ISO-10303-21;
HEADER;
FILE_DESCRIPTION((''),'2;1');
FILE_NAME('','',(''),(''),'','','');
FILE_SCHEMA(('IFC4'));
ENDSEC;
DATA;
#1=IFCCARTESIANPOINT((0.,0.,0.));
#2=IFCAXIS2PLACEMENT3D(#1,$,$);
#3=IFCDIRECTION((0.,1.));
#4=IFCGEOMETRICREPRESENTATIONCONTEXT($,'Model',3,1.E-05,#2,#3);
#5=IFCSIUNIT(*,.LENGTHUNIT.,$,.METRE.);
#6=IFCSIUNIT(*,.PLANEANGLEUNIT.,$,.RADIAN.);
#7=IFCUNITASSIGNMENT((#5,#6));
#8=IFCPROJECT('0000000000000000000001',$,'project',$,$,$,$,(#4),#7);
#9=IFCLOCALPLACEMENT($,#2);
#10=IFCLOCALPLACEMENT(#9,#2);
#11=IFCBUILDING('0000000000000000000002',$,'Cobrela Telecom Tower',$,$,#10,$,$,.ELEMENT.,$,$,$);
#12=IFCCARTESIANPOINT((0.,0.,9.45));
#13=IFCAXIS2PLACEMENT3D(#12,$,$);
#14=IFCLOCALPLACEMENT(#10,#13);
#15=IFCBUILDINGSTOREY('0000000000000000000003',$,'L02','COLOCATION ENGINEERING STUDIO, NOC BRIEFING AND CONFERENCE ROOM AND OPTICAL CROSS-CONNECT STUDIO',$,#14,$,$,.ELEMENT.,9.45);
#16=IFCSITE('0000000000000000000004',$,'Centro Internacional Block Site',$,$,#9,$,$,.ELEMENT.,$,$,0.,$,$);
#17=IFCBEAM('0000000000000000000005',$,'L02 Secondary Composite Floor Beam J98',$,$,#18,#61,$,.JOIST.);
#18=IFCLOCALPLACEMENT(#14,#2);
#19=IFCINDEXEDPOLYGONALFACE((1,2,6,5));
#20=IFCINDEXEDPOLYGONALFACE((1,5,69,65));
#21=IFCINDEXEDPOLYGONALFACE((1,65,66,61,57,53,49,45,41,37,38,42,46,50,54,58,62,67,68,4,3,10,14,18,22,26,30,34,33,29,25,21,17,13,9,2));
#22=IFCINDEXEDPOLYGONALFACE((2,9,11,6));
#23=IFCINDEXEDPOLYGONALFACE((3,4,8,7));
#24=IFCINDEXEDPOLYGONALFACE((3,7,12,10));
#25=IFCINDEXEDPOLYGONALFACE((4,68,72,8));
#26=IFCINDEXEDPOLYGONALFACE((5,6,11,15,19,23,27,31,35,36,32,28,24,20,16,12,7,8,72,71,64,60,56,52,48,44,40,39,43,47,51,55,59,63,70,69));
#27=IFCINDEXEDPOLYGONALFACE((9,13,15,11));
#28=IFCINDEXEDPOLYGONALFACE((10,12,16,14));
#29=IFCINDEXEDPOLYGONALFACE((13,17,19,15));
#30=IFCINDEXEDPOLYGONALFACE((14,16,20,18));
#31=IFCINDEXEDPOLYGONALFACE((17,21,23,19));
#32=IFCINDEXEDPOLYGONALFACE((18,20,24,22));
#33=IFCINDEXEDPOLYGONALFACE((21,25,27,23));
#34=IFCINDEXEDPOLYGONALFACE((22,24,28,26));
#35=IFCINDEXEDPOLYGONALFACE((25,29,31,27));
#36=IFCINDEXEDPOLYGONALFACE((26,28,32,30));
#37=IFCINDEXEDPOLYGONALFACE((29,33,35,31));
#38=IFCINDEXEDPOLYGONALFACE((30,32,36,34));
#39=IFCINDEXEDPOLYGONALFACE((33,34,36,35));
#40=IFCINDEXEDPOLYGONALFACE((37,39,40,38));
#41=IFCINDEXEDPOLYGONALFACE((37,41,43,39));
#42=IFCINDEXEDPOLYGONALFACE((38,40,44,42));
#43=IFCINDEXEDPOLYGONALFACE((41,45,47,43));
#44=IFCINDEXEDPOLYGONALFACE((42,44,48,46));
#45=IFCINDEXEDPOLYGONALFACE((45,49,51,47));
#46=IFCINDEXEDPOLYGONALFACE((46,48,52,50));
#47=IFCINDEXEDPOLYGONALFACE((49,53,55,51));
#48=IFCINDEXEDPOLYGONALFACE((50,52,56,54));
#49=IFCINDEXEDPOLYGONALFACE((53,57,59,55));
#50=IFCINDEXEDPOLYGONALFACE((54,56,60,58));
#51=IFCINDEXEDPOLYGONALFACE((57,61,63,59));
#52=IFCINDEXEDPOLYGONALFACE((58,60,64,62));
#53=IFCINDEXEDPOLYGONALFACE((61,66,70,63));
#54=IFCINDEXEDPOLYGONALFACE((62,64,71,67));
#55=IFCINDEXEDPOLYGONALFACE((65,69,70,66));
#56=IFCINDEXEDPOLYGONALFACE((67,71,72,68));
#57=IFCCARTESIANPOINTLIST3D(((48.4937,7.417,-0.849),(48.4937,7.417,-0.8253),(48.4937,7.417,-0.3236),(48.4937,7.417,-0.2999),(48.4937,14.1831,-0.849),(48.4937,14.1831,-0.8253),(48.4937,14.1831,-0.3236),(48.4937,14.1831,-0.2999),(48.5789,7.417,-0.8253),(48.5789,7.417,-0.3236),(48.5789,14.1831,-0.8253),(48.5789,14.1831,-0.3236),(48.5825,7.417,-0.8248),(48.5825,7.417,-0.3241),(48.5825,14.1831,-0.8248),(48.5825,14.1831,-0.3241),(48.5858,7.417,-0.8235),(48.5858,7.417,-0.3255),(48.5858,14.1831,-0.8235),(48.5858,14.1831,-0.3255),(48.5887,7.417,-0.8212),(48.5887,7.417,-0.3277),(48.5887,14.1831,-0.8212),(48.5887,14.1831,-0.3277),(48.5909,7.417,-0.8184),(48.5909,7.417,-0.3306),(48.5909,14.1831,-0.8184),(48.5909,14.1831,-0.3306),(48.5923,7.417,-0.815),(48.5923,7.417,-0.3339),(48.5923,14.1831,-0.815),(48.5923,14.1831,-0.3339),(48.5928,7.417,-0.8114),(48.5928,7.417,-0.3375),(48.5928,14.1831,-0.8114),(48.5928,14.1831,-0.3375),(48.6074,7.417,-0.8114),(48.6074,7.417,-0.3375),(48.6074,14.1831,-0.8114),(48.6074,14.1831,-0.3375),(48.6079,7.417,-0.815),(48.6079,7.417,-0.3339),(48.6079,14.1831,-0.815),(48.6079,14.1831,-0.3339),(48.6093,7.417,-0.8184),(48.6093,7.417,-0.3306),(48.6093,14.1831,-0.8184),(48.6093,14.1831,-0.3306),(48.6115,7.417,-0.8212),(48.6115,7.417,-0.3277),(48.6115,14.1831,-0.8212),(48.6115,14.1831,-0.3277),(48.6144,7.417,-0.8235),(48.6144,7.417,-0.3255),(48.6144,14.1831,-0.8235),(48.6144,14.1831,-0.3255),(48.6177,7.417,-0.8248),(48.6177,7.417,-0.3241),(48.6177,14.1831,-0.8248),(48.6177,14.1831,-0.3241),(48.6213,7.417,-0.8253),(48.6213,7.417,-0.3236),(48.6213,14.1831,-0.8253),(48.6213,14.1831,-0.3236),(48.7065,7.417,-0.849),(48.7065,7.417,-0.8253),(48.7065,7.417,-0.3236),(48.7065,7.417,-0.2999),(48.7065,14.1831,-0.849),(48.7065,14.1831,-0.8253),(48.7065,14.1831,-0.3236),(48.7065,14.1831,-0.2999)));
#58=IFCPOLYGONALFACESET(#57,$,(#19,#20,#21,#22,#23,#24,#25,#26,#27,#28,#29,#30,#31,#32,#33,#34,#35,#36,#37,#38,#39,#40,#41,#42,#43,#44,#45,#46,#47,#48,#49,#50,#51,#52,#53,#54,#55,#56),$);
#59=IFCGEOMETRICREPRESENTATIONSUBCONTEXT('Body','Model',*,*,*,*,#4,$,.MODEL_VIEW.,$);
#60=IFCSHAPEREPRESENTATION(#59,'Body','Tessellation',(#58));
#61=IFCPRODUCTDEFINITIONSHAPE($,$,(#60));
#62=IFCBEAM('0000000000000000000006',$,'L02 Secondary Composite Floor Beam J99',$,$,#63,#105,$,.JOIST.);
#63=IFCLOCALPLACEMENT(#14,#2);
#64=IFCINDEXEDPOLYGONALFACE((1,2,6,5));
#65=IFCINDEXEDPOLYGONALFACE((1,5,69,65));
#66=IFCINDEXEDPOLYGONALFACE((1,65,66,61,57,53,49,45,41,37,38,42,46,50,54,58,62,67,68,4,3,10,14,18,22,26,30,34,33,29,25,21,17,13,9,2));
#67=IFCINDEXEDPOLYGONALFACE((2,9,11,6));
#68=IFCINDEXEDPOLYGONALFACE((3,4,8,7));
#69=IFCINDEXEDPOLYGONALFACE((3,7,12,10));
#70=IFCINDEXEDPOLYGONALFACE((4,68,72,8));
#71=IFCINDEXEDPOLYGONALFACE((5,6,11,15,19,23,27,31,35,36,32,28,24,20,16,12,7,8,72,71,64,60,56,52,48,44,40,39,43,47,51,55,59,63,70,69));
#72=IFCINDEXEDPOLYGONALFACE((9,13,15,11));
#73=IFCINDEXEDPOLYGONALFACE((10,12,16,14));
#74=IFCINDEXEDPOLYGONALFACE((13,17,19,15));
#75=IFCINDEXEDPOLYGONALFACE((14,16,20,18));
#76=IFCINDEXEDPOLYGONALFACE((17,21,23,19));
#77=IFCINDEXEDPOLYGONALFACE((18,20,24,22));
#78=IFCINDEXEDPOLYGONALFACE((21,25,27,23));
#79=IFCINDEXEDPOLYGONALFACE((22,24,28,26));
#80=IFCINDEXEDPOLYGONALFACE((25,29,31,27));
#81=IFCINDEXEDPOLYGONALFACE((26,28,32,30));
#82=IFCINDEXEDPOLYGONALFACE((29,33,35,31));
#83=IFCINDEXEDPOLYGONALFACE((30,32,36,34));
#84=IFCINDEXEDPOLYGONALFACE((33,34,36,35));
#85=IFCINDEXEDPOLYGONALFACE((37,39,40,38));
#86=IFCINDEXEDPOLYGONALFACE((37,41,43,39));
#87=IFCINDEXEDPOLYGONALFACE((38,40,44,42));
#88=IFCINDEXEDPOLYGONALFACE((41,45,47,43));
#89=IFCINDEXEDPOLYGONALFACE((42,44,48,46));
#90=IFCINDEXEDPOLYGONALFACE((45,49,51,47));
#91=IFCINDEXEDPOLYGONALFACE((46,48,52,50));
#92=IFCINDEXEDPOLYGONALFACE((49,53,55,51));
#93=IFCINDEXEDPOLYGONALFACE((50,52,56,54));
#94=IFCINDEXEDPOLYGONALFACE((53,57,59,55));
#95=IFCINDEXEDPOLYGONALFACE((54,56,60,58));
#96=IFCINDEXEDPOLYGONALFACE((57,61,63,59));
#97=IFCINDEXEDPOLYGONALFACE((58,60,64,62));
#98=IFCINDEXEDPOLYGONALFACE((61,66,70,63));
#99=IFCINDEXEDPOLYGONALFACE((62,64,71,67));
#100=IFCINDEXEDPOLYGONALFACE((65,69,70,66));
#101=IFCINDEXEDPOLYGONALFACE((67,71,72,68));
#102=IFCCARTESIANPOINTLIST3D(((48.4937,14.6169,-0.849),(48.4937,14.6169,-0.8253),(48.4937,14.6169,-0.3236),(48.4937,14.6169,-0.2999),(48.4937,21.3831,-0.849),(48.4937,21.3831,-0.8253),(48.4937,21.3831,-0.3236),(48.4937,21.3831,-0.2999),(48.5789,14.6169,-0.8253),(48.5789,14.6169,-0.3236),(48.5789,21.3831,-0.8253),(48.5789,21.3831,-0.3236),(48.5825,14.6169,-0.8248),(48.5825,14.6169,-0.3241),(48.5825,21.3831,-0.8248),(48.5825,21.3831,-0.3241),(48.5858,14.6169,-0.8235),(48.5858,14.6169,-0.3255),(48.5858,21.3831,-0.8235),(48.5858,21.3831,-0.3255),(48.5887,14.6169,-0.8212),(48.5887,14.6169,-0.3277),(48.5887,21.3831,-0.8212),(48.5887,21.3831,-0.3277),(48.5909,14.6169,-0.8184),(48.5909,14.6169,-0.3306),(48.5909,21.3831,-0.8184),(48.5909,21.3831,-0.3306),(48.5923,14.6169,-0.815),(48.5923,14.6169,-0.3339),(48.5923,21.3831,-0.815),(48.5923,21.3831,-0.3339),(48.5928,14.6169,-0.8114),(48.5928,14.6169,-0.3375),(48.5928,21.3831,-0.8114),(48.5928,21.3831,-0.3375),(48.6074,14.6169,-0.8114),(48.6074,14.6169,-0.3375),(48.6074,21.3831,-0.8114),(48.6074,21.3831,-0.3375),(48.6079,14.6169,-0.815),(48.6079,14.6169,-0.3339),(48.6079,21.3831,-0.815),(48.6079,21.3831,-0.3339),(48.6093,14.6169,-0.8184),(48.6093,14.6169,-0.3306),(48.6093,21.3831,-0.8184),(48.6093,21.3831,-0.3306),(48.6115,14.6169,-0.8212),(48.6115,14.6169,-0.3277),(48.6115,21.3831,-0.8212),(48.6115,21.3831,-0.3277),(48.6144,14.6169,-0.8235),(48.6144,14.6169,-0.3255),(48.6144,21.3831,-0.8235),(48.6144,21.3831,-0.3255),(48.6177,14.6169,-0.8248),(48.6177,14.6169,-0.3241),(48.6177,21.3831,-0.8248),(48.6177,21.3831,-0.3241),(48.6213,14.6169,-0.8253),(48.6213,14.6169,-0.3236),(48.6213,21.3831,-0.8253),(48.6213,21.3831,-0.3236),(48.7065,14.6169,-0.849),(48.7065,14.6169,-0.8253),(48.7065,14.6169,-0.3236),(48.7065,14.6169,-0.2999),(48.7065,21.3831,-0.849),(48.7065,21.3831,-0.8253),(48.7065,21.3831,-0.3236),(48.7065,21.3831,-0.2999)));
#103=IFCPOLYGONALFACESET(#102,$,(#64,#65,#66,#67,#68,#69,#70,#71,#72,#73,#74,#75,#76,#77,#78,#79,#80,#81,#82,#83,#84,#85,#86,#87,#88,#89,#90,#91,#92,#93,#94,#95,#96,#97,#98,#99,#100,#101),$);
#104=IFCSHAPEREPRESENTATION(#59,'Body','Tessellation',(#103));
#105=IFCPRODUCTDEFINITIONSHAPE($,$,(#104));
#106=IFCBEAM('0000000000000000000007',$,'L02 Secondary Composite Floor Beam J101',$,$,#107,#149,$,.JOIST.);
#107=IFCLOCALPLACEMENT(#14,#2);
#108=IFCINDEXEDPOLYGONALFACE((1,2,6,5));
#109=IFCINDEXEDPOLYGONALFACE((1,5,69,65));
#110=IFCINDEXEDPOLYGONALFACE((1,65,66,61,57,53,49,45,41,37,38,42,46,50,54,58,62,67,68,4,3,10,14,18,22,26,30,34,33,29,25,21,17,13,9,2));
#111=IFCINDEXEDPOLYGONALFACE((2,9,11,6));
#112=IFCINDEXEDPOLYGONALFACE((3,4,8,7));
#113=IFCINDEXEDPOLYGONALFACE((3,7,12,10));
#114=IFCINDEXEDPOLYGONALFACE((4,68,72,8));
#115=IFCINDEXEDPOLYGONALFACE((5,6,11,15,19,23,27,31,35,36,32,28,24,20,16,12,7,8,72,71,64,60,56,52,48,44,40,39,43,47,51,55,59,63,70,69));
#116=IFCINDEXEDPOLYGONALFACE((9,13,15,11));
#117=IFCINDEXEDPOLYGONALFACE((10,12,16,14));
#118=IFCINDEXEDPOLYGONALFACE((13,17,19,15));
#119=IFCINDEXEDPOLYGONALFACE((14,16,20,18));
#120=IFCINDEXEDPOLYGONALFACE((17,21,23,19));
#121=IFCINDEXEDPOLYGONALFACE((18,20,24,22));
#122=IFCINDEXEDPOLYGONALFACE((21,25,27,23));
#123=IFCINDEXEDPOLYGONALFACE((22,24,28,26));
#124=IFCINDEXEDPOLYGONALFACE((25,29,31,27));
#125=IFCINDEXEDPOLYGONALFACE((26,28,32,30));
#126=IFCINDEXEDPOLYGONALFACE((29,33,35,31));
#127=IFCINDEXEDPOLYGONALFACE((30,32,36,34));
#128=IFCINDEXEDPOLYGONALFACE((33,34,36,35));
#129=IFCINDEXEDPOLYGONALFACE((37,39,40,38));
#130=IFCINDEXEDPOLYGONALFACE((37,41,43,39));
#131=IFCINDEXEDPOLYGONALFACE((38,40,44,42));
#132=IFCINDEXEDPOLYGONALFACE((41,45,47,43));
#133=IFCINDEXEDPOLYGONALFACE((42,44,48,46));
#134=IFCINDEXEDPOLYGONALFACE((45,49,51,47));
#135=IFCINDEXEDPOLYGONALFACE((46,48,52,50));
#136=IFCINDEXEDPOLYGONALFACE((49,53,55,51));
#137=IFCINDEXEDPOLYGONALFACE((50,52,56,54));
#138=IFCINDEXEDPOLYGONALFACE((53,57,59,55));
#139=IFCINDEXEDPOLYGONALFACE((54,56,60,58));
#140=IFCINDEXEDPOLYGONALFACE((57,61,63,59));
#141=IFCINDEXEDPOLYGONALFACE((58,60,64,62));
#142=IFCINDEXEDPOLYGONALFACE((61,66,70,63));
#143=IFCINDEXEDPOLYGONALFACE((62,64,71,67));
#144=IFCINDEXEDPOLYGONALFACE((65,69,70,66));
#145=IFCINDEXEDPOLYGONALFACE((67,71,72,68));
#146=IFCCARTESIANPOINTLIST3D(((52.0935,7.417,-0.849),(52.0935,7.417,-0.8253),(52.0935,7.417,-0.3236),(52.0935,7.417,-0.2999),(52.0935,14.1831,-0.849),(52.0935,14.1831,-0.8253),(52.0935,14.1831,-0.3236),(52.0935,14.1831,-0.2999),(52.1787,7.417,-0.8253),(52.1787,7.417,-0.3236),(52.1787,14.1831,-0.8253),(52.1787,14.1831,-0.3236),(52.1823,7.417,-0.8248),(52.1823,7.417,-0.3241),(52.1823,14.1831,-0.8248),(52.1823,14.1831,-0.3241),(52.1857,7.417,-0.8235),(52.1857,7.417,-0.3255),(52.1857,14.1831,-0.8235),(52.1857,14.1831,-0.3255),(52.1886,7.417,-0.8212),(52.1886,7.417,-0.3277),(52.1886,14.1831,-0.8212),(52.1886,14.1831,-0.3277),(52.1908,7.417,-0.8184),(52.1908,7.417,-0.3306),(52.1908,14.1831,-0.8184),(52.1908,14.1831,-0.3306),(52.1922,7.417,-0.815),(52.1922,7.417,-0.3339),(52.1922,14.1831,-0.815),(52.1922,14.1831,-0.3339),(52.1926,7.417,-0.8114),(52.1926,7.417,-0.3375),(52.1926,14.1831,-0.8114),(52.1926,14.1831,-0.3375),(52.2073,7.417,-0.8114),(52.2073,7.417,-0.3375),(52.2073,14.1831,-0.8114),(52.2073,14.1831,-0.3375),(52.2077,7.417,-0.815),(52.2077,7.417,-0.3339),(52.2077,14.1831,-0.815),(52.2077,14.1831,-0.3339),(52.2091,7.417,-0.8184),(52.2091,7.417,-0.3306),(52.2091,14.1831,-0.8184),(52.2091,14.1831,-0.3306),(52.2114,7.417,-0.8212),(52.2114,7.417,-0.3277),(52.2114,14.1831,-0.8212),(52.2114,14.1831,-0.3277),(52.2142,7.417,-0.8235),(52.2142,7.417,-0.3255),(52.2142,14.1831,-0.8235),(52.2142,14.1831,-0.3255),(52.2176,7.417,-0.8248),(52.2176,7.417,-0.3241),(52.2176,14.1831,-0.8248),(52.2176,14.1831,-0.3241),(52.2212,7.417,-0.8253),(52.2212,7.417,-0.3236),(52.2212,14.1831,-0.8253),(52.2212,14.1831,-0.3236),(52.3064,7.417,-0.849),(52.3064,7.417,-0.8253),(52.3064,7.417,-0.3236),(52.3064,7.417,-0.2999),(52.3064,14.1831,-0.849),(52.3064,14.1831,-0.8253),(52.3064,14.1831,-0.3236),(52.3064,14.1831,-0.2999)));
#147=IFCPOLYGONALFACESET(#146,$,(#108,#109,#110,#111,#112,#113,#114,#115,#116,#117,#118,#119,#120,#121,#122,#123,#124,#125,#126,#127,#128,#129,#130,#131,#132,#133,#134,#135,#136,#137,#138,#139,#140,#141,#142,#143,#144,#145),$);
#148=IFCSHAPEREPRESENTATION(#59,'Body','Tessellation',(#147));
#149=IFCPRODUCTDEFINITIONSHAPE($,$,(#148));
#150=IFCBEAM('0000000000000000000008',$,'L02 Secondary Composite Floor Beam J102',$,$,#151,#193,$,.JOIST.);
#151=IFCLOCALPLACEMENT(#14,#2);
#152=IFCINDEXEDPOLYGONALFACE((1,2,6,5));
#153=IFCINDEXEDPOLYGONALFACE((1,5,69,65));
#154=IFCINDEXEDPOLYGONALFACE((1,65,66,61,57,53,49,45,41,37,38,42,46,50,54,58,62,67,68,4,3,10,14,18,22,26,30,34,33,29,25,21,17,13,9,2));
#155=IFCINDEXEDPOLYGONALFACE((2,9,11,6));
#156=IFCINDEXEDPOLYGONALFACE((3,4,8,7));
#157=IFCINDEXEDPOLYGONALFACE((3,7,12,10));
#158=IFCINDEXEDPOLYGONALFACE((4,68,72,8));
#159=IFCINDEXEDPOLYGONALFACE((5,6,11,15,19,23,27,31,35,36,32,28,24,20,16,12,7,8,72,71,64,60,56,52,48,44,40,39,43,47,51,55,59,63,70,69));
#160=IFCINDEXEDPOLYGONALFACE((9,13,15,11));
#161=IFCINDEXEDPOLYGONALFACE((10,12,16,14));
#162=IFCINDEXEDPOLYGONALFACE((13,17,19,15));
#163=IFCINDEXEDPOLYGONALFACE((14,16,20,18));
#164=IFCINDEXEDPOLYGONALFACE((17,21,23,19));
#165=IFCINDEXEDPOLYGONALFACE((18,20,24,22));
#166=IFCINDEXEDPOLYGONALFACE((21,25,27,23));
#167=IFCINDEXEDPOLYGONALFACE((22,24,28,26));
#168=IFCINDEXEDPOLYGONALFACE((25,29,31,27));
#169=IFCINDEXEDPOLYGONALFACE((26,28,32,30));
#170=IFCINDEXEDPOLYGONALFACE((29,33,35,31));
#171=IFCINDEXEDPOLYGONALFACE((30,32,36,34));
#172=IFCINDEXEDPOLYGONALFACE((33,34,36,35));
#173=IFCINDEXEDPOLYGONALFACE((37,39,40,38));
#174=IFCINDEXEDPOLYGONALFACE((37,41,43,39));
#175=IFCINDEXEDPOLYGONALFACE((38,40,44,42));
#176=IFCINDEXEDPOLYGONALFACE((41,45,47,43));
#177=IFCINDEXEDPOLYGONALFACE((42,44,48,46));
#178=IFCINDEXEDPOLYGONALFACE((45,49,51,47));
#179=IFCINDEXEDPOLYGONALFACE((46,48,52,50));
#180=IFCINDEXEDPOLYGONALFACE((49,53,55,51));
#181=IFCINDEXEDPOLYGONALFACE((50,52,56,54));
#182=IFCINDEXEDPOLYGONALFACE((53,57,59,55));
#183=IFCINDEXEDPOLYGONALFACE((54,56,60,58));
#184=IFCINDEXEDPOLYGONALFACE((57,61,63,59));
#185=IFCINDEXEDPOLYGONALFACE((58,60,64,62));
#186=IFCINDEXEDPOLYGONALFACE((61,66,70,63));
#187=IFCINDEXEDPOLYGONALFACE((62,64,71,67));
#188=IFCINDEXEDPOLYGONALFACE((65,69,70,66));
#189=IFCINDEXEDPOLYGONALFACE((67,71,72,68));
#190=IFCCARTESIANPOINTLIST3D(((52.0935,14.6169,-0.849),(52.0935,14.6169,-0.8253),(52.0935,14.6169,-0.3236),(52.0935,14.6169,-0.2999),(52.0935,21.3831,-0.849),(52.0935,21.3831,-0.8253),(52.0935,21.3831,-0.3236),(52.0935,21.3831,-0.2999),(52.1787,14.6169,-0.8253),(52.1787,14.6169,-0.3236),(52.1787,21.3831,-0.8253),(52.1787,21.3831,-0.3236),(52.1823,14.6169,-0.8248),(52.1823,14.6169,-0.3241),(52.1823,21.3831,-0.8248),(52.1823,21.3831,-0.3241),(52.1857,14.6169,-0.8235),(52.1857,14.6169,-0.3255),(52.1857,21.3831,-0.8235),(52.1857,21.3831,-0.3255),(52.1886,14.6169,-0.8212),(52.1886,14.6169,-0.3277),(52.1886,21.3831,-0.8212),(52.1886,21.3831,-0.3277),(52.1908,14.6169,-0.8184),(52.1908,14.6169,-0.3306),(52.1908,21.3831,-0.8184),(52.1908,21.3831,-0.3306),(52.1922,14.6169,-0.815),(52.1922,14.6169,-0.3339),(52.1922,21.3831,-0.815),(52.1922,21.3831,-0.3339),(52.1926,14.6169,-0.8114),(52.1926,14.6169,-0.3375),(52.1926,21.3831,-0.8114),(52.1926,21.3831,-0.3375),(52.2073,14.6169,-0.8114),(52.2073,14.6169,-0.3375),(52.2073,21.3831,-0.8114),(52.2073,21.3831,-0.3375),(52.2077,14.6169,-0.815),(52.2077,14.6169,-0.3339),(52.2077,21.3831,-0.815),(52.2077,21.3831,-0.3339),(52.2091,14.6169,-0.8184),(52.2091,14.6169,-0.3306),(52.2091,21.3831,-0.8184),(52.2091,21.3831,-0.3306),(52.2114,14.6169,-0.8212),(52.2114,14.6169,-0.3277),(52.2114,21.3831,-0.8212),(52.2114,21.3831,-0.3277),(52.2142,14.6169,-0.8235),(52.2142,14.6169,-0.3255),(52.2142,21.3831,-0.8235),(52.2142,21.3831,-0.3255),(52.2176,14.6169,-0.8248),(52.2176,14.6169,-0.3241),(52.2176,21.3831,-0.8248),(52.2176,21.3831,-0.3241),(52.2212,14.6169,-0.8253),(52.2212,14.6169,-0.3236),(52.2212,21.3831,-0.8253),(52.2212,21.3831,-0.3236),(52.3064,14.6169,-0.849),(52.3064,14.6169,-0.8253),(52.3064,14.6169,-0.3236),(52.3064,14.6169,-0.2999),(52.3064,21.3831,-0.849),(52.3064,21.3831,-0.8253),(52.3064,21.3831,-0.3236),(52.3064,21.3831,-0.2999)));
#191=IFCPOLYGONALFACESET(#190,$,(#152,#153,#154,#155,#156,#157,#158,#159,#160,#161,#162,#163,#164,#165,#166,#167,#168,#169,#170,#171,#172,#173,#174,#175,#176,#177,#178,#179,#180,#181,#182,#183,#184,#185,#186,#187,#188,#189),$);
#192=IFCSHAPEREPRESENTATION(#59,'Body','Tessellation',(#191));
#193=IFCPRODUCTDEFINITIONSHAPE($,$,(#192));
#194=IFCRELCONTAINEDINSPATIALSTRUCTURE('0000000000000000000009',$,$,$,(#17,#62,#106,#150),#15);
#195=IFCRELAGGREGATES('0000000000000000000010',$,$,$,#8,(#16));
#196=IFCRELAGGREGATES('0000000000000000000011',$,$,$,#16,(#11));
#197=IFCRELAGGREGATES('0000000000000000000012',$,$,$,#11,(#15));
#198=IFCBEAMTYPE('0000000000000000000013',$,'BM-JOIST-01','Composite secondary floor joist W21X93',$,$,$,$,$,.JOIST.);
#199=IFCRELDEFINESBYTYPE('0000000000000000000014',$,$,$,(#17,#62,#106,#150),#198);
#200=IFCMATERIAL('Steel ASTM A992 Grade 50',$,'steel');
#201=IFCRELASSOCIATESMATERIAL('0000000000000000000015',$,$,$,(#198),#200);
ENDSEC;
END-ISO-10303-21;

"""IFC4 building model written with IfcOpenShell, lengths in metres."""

from ifc_helpers import new_model, si_unit, direction, frame, origin, origin_2d, place, context, subcontext, project, spatial, i_section, extrude, material, material_profile, profile_set, type_object, element, save


model = new_model("IFC4")

# Units and contexts
model_context = context("Model", 3, precision=1e-05, world=origin(), true_north=direction((0.0, 1.0)))
body_context = subcontext(model_context, "Body", "Model", "MODEL_VIEW")
ifc_project = project(units=[si_unit("LENGTHUNIT", "METRE"), si_unit("PLANEANGLEUNIT", "RADIAN")], contexts=[model_context])

# Site, building, storey
site_placement = place(None, origin())
site = spatial("IfcSite", under=ifc_project, at=site_placement, Name="Centro Internacional Block Site", CompositionType="ELEMENT", RefElevation=0.0)
building_placement = place(site_placement, origin())
building = spatial("IfcBuilding", under=site, at=building_placement, Name="Cobrela Telecom Tower", CompositionType="ELEMENT")
storey_placement = place(building_placement, frame((0.0, 0.0, 9.45)))
storey = spatial("IfcBuildingStorey", under=building, at=storey_placement, Name="L02", Description="COLOCATION ENGINEERING STUDIO, NOC BRIEFING AND CONFERENCE ROOM AND OPTICAL CROSS-CONNECT STUDIO", CompositionType="ELEMENT", Elevation=9.45)

# Beams
ifc_material_1 = material(Name="Steel ASTM A992 Grade 50", Category="steel")
ifc_material_profile_1 = material_profile(ifc_material_1, i_section(OverallWidth=0.2129, OverallDepth=0.5491, WebThickness=0.0146, FlangeThickness=0.0237, FilletRadius=0.0139, at=origin_2d()), Name="W21X93")
ifc_profile_set_1 = profile_set([ifc_material_profile_1], Name="Steel ASTM A992 Grade 50")
beam_type_1 = type_object("IfcBeamType", Name="BM-JOIST-01", Description="Composite secondary floor joist W21X93", PredefinedType="JOIST", material=ifc_profile_set_1)
for number, where, z_axis, x_axis, name in (
    (1, (48.6001, 7.417, -0.5745), (0.0, 1.0, 0.0), (-1.0, 0.0, 0.0), "L02 Secondary Composite Floor Beam J98"),
    (2, (48.6001, 14.6169, -0.5745), (0.0, 1.0, 0.0), (-1.0, 0.0, 0.0), "L02 Secondary Composite Floor Beam J99"),
    (3, (52.2, 7.417, -0.5745), (0.0, 1.0, 0.0), (-1.0, 0.0, 0.0), "L02 Secondary Composite Floor Beam J101"),
    (4, (52.2, 14.6169, -0.5745), (0.0, 1.0, 0.0), (-1.0, 0.0, 0.0), "L02 Secondary Composite Floor Beam J102"),
):
    element("IfcBeam", number, at=place(storey_placement, frame(where, z_axis=z_axis, x_axis=x_axis)), inside=storey, type_object=beam_type_1, Name=name, PredefinedType="JOIST", context=body_context, shape_type="SweptSolid", body=[
        extrude(i_section(OverallWidth=0.2129, OverallDepth=0.5491, WebThickness=0.0146, FlangeThickness=0.0237, FilletRadius=0.0139, at=origin_2d()), origin(), (0.0, 0.0, 1.0), 6.7661),
    ])

save(model, "model.ifc")
